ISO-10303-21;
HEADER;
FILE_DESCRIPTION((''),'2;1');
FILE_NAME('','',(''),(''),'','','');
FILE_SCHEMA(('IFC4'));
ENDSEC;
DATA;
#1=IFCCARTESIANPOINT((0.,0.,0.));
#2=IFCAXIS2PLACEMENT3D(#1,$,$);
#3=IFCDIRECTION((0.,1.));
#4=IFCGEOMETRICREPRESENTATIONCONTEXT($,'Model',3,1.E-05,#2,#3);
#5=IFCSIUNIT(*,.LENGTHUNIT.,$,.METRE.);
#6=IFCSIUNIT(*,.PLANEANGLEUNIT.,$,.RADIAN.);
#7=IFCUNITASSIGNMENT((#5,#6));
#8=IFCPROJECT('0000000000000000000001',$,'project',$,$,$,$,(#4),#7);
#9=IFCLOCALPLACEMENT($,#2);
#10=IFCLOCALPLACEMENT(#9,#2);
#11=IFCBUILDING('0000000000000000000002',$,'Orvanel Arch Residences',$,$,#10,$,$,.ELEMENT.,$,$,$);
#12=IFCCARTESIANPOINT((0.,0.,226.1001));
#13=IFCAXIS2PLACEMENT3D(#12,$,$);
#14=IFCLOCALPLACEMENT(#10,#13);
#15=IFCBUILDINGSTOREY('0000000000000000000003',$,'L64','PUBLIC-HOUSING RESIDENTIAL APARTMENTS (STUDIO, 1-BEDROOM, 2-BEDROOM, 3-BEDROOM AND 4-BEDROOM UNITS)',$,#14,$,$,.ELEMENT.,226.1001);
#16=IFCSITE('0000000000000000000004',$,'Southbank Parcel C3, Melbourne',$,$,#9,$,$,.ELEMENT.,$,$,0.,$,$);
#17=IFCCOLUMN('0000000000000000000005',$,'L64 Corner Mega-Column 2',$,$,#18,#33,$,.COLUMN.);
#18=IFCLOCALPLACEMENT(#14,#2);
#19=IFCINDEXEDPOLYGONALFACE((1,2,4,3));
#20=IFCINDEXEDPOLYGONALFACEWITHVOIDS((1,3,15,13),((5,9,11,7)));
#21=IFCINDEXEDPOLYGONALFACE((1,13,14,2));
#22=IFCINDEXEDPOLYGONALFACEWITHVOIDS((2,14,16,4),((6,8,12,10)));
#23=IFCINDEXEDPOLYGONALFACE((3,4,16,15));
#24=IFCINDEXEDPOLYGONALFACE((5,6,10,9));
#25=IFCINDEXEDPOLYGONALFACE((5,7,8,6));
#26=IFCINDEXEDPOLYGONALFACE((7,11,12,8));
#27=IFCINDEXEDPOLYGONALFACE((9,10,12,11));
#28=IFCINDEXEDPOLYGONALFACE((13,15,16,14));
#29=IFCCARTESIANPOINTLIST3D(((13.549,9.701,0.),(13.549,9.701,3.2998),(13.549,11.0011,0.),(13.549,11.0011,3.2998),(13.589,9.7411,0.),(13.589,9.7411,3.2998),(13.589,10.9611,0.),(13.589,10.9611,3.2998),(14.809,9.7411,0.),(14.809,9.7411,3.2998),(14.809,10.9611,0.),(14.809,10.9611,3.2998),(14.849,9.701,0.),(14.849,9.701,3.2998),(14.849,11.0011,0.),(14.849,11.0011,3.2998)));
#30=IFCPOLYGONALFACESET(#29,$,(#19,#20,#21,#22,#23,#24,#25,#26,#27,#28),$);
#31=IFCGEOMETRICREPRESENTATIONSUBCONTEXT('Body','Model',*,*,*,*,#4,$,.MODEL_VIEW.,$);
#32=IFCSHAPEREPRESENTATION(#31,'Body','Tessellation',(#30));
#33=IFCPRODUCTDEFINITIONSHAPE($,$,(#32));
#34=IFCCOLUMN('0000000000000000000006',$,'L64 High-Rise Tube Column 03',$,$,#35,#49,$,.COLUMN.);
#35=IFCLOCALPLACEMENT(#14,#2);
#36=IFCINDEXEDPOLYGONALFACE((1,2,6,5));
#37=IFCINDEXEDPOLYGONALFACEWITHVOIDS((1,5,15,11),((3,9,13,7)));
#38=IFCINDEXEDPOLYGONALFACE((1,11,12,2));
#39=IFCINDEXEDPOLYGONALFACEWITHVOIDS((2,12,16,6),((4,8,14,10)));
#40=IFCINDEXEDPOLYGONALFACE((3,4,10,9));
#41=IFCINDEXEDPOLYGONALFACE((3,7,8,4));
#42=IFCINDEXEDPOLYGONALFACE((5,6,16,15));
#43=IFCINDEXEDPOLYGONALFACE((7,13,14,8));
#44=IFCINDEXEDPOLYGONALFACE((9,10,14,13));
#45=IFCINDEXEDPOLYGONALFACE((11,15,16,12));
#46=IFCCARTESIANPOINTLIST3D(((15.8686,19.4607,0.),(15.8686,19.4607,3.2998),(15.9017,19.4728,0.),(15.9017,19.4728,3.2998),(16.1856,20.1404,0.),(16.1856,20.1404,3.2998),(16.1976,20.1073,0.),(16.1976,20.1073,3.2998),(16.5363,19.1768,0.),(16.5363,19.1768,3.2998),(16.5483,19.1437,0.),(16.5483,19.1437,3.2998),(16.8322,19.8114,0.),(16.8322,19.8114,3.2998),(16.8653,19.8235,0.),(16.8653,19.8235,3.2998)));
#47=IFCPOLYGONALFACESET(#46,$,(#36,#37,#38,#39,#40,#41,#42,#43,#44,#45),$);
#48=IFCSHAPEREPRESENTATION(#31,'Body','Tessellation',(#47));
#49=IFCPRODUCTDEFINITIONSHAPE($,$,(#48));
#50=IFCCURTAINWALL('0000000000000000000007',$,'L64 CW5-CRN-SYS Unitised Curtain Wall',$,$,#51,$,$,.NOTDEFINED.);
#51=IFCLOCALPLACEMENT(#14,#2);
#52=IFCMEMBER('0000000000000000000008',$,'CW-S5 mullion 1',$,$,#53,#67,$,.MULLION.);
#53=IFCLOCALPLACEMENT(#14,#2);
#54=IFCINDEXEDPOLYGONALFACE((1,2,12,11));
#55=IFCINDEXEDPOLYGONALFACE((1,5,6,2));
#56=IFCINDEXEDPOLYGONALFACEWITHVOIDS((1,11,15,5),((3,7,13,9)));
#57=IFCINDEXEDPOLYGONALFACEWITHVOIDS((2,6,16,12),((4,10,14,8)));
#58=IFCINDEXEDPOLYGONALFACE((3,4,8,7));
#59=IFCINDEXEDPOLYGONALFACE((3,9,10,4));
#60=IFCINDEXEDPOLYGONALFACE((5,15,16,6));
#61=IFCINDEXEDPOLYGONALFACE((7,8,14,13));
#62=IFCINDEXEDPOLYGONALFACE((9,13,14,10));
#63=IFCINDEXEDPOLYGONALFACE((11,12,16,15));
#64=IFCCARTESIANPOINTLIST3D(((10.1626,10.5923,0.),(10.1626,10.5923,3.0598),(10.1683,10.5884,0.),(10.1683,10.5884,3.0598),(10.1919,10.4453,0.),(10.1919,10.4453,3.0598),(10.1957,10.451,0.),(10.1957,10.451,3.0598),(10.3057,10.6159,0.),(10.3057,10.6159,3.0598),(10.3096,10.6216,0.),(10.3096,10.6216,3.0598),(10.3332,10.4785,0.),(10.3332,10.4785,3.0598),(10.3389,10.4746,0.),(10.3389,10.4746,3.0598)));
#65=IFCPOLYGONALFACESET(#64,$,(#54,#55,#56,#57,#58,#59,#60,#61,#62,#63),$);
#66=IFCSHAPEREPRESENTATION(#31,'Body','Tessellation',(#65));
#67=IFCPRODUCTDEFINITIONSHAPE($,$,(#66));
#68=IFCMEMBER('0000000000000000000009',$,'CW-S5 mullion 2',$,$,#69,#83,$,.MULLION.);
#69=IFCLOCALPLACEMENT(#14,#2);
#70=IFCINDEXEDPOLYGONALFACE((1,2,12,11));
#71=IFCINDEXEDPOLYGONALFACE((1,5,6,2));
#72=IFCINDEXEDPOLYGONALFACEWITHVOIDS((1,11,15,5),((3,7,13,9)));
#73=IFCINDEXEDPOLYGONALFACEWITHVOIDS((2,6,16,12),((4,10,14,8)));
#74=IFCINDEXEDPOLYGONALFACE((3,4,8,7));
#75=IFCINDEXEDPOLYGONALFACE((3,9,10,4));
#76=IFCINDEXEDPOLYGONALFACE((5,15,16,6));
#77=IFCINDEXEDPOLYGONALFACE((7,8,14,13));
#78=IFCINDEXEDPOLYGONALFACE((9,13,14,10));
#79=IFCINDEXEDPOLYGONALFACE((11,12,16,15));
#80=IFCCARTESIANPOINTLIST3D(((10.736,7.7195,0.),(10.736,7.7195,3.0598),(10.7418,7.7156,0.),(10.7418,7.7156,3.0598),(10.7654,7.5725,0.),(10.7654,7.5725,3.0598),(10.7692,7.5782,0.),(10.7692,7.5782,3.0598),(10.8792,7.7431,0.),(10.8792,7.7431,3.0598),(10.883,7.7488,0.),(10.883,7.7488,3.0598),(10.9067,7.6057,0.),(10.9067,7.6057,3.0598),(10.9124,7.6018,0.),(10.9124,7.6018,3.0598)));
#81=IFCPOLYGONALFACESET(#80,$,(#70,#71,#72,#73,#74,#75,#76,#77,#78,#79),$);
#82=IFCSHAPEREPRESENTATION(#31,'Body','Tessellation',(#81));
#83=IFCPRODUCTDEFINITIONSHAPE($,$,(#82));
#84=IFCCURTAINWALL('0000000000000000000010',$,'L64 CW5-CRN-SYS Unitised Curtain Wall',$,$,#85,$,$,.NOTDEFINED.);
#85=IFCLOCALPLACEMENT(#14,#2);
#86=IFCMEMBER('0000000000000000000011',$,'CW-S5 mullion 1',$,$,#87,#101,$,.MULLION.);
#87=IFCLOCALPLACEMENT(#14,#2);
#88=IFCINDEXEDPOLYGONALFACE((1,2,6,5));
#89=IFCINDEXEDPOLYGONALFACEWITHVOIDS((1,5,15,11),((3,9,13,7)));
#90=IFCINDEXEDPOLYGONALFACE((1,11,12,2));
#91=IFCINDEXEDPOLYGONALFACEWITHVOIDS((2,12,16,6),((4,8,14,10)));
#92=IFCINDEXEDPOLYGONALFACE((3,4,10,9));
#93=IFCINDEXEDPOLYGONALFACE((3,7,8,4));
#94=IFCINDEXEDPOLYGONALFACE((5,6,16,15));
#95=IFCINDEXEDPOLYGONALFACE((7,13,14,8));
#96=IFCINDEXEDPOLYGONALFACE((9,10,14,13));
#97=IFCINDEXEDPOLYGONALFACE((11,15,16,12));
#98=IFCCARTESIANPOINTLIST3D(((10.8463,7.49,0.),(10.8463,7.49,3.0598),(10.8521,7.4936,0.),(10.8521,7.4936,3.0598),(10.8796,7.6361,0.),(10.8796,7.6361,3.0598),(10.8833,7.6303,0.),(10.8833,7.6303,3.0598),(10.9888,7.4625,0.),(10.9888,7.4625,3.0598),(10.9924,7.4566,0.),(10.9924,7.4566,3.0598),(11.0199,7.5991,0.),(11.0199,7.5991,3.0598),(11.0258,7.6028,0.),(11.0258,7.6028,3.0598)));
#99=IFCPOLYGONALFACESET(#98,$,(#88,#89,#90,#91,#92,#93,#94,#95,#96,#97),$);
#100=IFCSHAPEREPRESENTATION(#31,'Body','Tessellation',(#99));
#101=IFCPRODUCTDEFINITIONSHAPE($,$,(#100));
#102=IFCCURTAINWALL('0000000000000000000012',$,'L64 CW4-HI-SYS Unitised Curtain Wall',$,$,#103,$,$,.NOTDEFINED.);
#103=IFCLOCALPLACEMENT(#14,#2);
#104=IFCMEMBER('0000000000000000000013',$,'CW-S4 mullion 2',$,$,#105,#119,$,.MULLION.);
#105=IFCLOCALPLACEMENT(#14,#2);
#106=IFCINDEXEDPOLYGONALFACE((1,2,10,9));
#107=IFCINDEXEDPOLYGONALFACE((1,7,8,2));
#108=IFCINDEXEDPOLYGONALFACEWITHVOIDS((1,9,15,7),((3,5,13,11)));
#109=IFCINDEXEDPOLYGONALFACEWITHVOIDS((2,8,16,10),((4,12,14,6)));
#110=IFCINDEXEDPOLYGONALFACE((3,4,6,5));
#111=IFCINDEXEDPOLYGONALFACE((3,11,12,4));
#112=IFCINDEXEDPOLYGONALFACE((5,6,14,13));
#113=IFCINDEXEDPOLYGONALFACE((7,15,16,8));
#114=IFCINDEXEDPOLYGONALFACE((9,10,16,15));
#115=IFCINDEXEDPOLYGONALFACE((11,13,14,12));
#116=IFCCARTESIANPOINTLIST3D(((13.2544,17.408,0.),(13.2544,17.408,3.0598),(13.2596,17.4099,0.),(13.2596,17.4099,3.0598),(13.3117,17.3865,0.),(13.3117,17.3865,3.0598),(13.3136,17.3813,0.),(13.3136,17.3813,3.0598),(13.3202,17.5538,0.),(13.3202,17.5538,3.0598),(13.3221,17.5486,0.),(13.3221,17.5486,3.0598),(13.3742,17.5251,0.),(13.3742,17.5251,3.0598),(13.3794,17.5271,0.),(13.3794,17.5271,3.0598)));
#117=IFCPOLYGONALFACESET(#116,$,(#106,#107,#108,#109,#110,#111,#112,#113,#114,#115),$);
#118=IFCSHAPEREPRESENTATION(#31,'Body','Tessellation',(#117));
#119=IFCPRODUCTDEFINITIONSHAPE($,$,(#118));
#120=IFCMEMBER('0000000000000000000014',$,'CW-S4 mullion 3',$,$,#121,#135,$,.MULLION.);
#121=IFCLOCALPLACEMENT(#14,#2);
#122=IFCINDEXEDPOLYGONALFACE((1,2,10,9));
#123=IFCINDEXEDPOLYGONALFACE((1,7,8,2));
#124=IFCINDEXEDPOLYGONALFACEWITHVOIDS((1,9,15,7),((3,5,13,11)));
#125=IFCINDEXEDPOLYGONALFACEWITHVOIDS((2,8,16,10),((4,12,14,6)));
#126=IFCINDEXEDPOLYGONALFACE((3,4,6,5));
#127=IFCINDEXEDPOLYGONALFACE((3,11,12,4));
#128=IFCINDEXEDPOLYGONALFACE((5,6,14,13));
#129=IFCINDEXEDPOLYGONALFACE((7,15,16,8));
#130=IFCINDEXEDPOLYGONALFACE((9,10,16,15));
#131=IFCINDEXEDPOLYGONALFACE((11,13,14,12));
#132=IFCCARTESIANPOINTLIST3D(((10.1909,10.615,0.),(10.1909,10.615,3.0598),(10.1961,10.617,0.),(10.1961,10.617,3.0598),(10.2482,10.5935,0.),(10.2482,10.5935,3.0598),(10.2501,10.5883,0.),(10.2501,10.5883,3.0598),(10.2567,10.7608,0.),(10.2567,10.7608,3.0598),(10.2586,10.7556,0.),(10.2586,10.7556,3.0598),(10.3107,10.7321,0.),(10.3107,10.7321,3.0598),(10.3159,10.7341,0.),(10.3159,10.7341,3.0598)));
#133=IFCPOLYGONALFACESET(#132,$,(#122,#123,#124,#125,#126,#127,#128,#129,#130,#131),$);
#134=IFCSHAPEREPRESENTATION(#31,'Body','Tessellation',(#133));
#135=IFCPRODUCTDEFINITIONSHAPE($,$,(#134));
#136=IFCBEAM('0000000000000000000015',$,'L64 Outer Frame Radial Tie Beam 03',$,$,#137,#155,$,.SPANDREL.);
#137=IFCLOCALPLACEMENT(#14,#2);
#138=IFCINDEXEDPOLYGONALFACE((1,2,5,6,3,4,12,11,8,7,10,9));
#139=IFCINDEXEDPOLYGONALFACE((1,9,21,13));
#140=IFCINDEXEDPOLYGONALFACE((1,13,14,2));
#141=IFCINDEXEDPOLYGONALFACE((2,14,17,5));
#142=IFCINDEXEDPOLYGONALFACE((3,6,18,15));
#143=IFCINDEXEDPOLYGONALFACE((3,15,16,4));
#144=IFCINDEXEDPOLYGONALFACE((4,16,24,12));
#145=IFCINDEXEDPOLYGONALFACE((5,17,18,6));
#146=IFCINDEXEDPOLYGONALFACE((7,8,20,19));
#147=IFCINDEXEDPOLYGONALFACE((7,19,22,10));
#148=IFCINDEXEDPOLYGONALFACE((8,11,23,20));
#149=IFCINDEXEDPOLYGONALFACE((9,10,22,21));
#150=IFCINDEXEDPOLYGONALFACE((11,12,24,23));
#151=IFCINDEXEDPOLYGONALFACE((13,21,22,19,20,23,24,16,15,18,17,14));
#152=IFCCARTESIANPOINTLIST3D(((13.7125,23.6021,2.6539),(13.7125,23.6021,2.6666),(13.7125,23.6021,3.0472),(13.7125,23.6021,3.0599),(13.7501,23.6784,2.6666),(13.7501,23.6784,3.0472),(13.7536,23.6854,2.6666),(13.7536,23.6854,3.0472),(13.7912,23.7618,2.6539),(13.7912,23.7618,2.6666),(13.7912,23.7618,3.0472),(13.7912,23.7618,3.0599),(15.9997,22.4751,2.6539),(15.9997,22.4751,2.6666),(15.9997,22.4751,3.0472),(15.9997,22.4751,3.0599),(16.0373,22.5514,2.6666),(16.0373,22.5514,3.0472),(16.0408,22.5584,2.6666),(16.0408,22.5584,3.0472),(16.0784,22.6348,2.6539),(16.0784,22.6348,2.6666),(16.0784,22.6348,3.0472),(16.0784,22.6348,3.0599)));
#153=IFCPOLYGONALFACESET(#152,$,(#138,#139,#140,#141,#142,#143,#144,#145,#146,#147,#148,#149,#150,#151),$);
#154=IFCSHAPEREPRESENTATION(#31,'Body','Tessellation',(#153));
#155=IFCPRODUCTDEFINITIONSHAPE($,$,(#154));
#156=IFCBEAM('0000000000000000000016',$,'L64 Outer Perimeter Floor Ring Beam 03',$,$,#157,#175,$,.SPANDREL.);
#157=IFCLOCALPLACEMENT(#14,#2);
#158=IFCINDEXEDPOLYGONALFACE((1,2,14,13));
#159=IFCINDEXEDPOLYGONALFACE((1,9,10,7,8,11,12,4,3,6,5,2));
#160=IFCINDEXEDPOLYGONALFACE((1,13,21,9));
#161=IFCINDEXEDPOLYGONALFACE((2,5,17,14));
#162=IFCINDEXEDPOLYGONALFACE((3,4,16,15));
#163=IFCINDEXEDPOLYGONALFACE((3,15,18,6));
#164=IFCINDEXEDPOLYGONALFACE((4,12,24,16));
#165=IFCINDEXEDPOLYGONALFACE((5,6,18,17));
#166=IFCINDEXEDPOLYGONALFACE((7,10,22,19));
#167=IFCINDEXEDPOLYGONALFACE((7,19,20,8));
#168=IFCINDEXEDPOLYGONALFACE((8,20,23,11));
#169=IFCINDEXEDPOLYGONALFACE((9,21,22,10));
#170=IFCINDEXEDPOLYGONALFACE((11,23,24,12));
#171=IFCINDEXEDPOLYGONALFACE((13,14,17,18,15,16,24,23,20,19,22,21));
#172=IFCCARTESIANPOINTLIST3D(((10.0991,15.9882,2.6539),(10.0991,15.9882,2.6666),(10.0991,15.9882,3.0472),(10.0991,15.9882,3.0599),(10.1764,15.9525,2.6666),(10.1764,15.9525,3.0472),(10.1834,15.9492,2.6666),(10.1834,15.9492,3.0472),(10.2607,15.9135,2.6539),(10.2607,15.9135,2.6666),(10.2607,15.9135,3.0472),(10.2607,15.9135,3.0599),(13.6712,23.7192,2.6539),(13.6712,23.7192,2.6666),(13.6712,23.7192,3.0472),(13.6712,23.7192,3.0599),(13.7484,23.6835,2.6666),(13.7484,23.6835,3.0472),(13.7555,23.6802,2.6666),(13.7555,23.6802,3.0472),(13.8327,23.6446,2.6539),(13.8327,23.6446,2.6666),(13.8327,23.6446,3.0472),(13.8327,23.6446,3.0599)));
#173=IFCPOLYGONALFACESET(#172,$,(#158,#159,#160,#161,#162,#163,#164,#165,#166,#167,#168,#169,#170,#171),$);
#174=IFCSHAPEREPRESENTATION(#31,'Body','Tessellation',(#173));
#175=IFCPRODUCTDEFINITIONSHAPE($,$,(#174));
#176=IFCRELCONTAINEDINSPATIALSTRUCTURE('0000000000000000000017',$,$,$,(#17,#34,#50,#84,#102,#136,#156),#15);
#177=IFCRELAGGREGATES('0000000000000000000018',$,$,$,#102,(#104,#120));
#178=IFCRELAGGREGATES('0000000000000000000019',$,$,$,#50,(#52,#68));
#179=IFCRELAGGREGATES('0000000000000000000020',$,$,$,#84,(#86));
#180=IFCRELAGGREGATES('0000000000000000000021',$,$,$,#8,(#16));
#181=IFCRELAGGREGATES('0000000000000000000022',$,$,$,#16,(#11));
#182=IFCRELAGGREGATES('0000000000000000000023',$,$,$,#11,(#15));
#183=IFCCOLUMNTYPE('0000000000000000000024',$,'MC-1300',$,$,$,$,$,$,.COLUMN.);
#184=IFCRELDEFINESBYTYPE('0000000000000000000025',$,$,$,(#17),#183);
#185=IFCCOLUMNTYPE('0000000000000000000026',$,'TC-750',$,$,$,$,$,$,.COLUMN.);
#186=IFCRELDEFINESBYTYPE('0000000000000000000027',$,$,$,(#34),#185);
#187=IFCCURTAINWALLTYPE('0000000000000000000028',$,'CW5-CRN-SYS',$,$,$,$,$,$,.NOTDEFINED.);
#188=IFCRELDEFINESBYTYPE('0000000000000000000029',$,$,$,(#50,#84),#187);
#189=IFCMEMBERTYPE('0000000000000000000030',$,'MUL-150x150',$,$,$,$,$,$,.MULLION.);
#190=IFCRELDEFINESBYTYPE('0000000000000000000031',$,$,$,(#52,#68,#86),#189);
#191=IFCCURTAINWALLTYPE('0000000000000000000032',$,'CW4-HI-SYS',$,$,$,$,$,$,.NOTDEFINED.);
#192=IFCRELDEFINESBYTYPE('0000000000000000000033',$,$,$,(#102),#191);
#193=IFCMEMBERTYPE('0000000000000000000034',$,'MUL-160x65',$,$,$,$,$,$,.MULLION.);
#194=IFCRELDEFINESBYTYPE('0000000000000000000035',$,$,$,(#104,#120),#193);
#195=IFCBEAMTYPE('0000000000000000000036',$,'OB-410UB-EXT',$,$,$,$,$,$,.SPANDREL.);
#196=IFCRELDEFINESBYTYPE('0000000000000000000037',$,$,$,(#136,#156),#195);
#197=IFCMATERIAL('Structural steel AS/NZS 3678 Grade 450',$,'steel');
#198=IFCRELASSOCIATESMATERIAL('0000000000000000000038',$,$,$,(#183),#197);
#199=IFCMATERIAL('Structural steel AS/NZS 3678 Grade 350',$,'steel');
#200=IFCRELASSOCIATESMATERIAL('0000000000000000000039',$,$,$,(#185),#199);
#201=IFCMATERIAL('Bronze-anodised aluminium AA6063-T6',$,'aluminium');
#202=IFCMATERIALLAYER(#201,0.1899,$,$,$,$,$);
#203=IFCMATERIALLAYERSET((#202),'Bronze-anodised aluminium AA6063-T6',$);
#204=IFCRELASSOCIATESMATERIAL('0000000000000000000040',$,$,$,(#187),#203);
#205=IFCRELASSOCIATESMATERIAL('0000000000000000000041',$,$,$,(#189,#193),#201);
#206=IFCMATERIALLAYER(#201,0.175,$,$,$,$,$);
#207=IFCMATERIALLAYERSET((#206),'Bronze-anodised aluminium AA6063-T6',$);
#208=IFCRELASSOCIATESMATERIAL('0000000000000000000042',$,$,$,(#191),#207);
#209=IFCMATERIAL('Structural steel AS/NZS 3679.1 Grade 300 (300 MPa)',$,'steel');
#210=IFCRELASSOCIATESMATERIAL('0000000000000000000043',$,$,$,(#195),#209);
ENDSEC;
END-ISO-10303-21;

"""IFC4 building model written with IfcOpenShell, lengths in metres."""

from ifc_helpers import new_model, si_unit, direction, frame, origin, origin_2d, place, context, subcontext, project, spatial, hollow_rectangle, i_section, extrude, material, layer, layer_set, material_profile, profile_set, type_object, element, aggregate, save


model = new_model("IFC4")

# Units and contexts
model_context = context("Model", 3, precision=1e-05, world=origin(), true_north=direction((0.0, 1.0)))
body_context = subcontext(model_context, "Body", "Model", "MODEL_VIEW")
ifc_project = project(units=[si_unit("LENGTHUNIT", "METRE"), si_unit("PLANEANGLEUNIT", "RADIAN")], contexts=[model_context])

# Site, building, storey
site_placement = place(None, origin())
site = spatial("IfcSite", under=ifc_project, at=site_placement, Name="Southbank Parcel C3, Melbourne", CompositionType="ELEMENT", RefElevation=0.0)
building_placement = place(site_placement, origin())
building = spatial("IfcBuilding", under=site, at=building_placement, Name="Orvanel Arch Residences", CompositionType="ELEMENT")
storey_placement = place(building_placement, frame((0.0, 0.0, 226.1001)))
storey = spatial("IfcBuildingStorey", under=building, at=storey_placement, Name="L64", Description="PUBLIC-HOUSING RESIDENTIAL APARTMENTS (STUDIO, 1-BEDROOM, 2-BEDROOM, 3-BEDROOM AND 4-BEDROOM UNITS)", CompositionType="ELEMENT", Elevation=226.1001)

# Columns
ifc_material_1 = material(Name="Structural steel AS/NZS 3678 Grade 450", Category="steel")
ifc_material_profile_1 = material_profile(ifc_material_1, hollow_rectangle(XDim=1.3, YDim=1.3, WallThickness=0.04, at=origin_2d()), Name="BOX1300x1300x40")
ifc_profile_set_1 = profile_set([ifc_material_profile_1], Name="Structural steel AS/NZS 3678 Grade 450")
column_type_1 = type_object("IfcColumnType", Name="MC-1300", PredefinedType="COLUMN", material=ifc_profile_set_1)
column_1_placement = place(storey_placement, frame((14.199, 10.3511, 0.0), z_axis=(0.0, 0.0, 1.0), x_axis=(1.0, 0.0, 0.0)))
element("IfcColumn", 1, at=column_1_placement, inside=storey, type_object=column_type_1, Name="L64 Corner Mega-Column 2", PredefinedType="COLUMN", context=body_context, shape_type="SweptSolid", body=[
    extrude(hollow_rectangle(XDim=1.3, YDim=1.3, WallThickness=0.04, at=origin_2d()), origin(), (0.0, 0.0, 1.0), 3.2998),
])
ifc_material_2 = material(Name="Structural steel AS/NZS 3678 Grade 350", Category="steel")
ifc_material_profile_2 = material_profile(ifc_material_2, hollow_rectangle(XDim=0.75, YDim=0.75, WallThickness=0.0249, at=origin_2d()), Name="BOX750x750x25")
ifc_profile_set_2 = profile_set([ifc_material_profile_2], Name="Structural steel AS/NZS 3678 Grade 350")
column_type_2 = type_object("IfcColumnType", Name="TC-750", PredefinedType="COLUMN", material=ifc_profile_set_2)
column_2_placement = place(storey_placement, frame((16.3669, 19.6421, 0.0), z_axis=(0.0, 0.0, 1.0), x_axis=(0.422618, 0.906308, 0.0)))
element("IfcColumn", 2, at=column_2_placement, inside=storey, type_object=column_type_2, Name="L64 High-Rise Tube Column 03", PredefinedType="COLUMN", context=body_context, shape_type="SweptSolid", body=[
    extrude(hollow_rectangle(XDim=0.75, YDim=0.75, WallThickness=0.0249, at=origin_2d()), origin(), (0.0, 0.0, 1.0), 3.2998),
])

# Curtain wall, members
ifc_material_3 = material(Name="Bronze-anodised aluminium AA6063-T6", Category="aluminium")
ifc_layer_1 = layer(ifc_material_3, 0.1899)
ifc_layer_set_1 = layer_set([ifc_layer_1], Name="Bronze-anodised aluminium AA6063-T6")
curtain_wall_type_1 = type_object("IfcCurtainWallType", Name="CW5-CRN-SYS", PredefinedType="NOTDEFINED", material=ifc_layer_set_1)
curtain_wall_1_placement = place(storey_placement, origin())
curtain_wall_1 = element("IfcCurtainWall", 3, at=curtain_wall_1_placement, inside=storey, type_object=curtain_wall_type_1, Name="L64 CW5-CRN-SYS Unitised Curtain Wall", PredefinedType="NOTDEFINED")
ifc_material_profile_3 = material_profile(ifc_material_3, hollow_rectangle(XDim=0.1499, YDim=0.1499, WallThickness=0.0049, at=origin_2d()), Name="ALU150x150x5")
ifc_profile_set_3 = profile_set([ifc_material_profile_3], Name="Bronze-anodised aluminium AA6063-T6")
member_type_1 = type_object("IfcMemberType", Name="MUL-150x150", PredefinedType="MULLION", material=ifc_profile_set_3)
member_1_placement = place(storey_placement, frame((10.2507, 10.5334, 0.0), z_axis=(0.0, 0.0, 1.0), x_axis=(0.980643, 0.195804, 0.0)))
member_1 = element("IfcMember", 4, at=member_1_placement, type_object=member_type_1, Name="CW-S5 mullion 1", PredefinedType="MULLION", context=body_context, shape_type="SweptSolid", body=[
    extrude(hollow_rectangle(XDim=0.1499, YDim=0.1499, WallThickness=0.0049, at=origin_2d()), origin(), (0.0, 0.0, 1.0), 3.0598),
])
member_2_placement = place(storey_placement, frame((10.8242, 7.6606, 0.0), z_axis=(0.0, 0.0, 1.0), x_axis=(0.980643, 0.195804, 0.0)))
member_2 = element("IfcMember", 5, at=member_2_placement, type_object=member_type_1, Name="CW-S5 mullion 2", PredefinedType="MULLION", context=body_context, shape_type="SweptSolid", body=[
    extrude(hollow_rectangle(XDim=0.1499, YDim=0.1499, WallThickness=0.0049, at=origin_2d()), origin(), (0.0, 0.0, 1.0), 3.0598),
])

# Curtain wall, member
curtain_wall_2_placement = place(storey_placement, origin())
curtain_wall_2 = element("IfcCurtainWall", 6, at=curtain_wall_2_placement, inside=storey, type_object=curtain_wall_type_1, Name="L64 CW5-CRN-SYS Unitised Curtain Wall", PredefinedType="NOTDEFINED")
member_3_placement = place(storey_placement, frame((10.936, 7.5464, 0.0), z_axis=(0.0, 0.0, 1.0), x_axis=(0.222302, 0.974978, 0.0)))
member_3 = element("IfcMember", 7, at=member_3_placement, type_object=member_type_1, Name="CW-S5 mullion 1", PredefinedType="MULLION", context=body_context, shape_type="SweptSolid", body=[
    extrude(hollow_rectangle(XDim=0.1499, YDim=0.1499, WallThickness=0.0049, at=origin_2d()), origin(), (0.0, 0.0, 1.0), 3.0598),
])

# Curtain wall, members
ifc_layer_2 = layer(ifc_material_3, 0.175)
ifc_layer_set_2 = layer_set([ifc_layer_2], Name="Bronze-anodised aluminium AA6063-T6")
curtain_wall_type_2 = type_object("IfcCurtainWallType", Name="CW4-HI-SYS", PredefinedType="NOTDEFINED", material=ifc_layer_set_2)
curtain_wall_3_placement = place(storey_placement, origin())
curtain_wall_3 = element("IfcCurtainWall", 8, at=curtain_wall_3_placement, inside=storey, type_object=curtain_wall_type_2, Name="L64 CW4-HI-SYS Unitised Curtain Wall", PredefinedType="NOTDEFINED")
ifc_material_profile_4 = material_profile(ifc_material_3, hollow_rectangle(XDim=0.0649, YDim=0.1599, WallThickness=0.0039, at=origin_2d()), Name="ALU160x65x4")
ifc_profile_set_4 = profile_set([ifc_material_profile_4], Name="Bronze-anodised aluminium AA6063-T6")
member_type_2 = type_object("IfcMemberType", Name="MUL-160x65", PredefinedType="MULLION", material=ifc_profile_set_4)
member_4_placement = place(storey_placement, frame((13.3169, 17.4675, 0.0), z_axis=(0.0, 0.0, 1.0), x_axis=(0.911577, -0.411128, 0.0)))
member_4 = element("IfcMember", 9, at=member_4_placement, type_object=member_type_2, Name="CW-S4 mullion 2", PredefinedType="MULLION", context=body_context, shape_type="SweptSolid", body=[
    extrude(hollow_rectangle(XDim=0.0649, YDim=0.1599, WallThickness=0.0039, at=origin_2d()), origin(), (0.0, 0.0, 1.0), 3.0598),
])
member_5_placement = place(storey_placement, frame((10.2534, 10.6746, 0.0), z_axis=(0.0, 0.0, 1.0), x_axis=(0.911577, -0.411128, 0.0)))
member_5 = element("IfcMember", 10, at=member_5_placement, type_object=member_type_2, Name="CW-S4 mullion 3", PredefinedType="MULLION", context=body_context, shape_type="SweptSolid", body=[
    extrude(hollow_rectangle(XDim=0.0649, YDim=0.1599, WallThickness=0.0039, at=origin_2d()), origin(), (0.0, 0.0, 1.0), 3.0598),
])

# Beams
ifc_material_4 = material(Name="Structural steel AS/NZS 3679.1 Grade 300 (300 MPa)", Category="steel")
ifc_material_profile_5 = material_profile(ifc_material_4, i_section(OverallWidth=0.178, OverallDepth=0.406, WebThickness=0.0078, FlangeThickness=0.0127, at=origin_2d()), Name="410UB59.7")
ifc_profile_set_5 = profile_set([ifc_material_profile_5], Name="Structural steel AS/NZS 3679.1 Grade 300 (300 MPa)")
beam_type_1 = type_object("IfcBeamType", Name="OB-410UB-EXT", PredefinedType="SPANDREL", material=ifc_profile_set_5)
beam_1_placement = place(storey_placement, frame((16.0391, 22.5549, 2.8569), z_axis=(-0.897017, 0.441997, 0.0), x_axis=(-0.441997, -0.897017, 0.0)))
element("IfcBeam", 11, at=beam_1_placement, inside=storey, type_object=beam_type_1, Name="L64 Outer Frame Radial Tie Beam 03", PredefinedType="SPANDREL", context=body_context, shape_type="SweptSolid", body=[
    extrude(i_section(OverallWidth=0.178, OverallDepth=0.406, WebThickness=0.0078, FlangeThickness=0.0127, at=origin_2d()), origin(), (0.0, 0.0, 1.0), 2.5498),
])
beam_2_placement = place(storey_placement, frame((13.752, 23.6819, 2.8569), z_axis=(-0.419434, -0.907786, 0.0), x_axis=(0.907786, -0.419434, 0.0)))
element("IfcBeam", 12, at=beam_2_placement, inside=storey, type_object=beam_type_1, Name="L64 Outer Perimeter Floor Ring Beam 03", PredefinedType="SPANDREL", context=body_context, shape_type="SweptSolid", body=[
    extrude(i_section(OverallWidth=0.178, OverallDepth=0.406, WebThickness=0.0078, FlangeThickness=0.0127, at=origin_2d()), origin(), (0.0, 0.0, 1.0), 8.5164),
])

aggregate(curtain_wall_3, [member_4, member_5])
aggregate(curtain_wall_1, [member_1, member_2])
aggregate(curtain_wall_2, [member_3])

save(model, "model.ifc")
